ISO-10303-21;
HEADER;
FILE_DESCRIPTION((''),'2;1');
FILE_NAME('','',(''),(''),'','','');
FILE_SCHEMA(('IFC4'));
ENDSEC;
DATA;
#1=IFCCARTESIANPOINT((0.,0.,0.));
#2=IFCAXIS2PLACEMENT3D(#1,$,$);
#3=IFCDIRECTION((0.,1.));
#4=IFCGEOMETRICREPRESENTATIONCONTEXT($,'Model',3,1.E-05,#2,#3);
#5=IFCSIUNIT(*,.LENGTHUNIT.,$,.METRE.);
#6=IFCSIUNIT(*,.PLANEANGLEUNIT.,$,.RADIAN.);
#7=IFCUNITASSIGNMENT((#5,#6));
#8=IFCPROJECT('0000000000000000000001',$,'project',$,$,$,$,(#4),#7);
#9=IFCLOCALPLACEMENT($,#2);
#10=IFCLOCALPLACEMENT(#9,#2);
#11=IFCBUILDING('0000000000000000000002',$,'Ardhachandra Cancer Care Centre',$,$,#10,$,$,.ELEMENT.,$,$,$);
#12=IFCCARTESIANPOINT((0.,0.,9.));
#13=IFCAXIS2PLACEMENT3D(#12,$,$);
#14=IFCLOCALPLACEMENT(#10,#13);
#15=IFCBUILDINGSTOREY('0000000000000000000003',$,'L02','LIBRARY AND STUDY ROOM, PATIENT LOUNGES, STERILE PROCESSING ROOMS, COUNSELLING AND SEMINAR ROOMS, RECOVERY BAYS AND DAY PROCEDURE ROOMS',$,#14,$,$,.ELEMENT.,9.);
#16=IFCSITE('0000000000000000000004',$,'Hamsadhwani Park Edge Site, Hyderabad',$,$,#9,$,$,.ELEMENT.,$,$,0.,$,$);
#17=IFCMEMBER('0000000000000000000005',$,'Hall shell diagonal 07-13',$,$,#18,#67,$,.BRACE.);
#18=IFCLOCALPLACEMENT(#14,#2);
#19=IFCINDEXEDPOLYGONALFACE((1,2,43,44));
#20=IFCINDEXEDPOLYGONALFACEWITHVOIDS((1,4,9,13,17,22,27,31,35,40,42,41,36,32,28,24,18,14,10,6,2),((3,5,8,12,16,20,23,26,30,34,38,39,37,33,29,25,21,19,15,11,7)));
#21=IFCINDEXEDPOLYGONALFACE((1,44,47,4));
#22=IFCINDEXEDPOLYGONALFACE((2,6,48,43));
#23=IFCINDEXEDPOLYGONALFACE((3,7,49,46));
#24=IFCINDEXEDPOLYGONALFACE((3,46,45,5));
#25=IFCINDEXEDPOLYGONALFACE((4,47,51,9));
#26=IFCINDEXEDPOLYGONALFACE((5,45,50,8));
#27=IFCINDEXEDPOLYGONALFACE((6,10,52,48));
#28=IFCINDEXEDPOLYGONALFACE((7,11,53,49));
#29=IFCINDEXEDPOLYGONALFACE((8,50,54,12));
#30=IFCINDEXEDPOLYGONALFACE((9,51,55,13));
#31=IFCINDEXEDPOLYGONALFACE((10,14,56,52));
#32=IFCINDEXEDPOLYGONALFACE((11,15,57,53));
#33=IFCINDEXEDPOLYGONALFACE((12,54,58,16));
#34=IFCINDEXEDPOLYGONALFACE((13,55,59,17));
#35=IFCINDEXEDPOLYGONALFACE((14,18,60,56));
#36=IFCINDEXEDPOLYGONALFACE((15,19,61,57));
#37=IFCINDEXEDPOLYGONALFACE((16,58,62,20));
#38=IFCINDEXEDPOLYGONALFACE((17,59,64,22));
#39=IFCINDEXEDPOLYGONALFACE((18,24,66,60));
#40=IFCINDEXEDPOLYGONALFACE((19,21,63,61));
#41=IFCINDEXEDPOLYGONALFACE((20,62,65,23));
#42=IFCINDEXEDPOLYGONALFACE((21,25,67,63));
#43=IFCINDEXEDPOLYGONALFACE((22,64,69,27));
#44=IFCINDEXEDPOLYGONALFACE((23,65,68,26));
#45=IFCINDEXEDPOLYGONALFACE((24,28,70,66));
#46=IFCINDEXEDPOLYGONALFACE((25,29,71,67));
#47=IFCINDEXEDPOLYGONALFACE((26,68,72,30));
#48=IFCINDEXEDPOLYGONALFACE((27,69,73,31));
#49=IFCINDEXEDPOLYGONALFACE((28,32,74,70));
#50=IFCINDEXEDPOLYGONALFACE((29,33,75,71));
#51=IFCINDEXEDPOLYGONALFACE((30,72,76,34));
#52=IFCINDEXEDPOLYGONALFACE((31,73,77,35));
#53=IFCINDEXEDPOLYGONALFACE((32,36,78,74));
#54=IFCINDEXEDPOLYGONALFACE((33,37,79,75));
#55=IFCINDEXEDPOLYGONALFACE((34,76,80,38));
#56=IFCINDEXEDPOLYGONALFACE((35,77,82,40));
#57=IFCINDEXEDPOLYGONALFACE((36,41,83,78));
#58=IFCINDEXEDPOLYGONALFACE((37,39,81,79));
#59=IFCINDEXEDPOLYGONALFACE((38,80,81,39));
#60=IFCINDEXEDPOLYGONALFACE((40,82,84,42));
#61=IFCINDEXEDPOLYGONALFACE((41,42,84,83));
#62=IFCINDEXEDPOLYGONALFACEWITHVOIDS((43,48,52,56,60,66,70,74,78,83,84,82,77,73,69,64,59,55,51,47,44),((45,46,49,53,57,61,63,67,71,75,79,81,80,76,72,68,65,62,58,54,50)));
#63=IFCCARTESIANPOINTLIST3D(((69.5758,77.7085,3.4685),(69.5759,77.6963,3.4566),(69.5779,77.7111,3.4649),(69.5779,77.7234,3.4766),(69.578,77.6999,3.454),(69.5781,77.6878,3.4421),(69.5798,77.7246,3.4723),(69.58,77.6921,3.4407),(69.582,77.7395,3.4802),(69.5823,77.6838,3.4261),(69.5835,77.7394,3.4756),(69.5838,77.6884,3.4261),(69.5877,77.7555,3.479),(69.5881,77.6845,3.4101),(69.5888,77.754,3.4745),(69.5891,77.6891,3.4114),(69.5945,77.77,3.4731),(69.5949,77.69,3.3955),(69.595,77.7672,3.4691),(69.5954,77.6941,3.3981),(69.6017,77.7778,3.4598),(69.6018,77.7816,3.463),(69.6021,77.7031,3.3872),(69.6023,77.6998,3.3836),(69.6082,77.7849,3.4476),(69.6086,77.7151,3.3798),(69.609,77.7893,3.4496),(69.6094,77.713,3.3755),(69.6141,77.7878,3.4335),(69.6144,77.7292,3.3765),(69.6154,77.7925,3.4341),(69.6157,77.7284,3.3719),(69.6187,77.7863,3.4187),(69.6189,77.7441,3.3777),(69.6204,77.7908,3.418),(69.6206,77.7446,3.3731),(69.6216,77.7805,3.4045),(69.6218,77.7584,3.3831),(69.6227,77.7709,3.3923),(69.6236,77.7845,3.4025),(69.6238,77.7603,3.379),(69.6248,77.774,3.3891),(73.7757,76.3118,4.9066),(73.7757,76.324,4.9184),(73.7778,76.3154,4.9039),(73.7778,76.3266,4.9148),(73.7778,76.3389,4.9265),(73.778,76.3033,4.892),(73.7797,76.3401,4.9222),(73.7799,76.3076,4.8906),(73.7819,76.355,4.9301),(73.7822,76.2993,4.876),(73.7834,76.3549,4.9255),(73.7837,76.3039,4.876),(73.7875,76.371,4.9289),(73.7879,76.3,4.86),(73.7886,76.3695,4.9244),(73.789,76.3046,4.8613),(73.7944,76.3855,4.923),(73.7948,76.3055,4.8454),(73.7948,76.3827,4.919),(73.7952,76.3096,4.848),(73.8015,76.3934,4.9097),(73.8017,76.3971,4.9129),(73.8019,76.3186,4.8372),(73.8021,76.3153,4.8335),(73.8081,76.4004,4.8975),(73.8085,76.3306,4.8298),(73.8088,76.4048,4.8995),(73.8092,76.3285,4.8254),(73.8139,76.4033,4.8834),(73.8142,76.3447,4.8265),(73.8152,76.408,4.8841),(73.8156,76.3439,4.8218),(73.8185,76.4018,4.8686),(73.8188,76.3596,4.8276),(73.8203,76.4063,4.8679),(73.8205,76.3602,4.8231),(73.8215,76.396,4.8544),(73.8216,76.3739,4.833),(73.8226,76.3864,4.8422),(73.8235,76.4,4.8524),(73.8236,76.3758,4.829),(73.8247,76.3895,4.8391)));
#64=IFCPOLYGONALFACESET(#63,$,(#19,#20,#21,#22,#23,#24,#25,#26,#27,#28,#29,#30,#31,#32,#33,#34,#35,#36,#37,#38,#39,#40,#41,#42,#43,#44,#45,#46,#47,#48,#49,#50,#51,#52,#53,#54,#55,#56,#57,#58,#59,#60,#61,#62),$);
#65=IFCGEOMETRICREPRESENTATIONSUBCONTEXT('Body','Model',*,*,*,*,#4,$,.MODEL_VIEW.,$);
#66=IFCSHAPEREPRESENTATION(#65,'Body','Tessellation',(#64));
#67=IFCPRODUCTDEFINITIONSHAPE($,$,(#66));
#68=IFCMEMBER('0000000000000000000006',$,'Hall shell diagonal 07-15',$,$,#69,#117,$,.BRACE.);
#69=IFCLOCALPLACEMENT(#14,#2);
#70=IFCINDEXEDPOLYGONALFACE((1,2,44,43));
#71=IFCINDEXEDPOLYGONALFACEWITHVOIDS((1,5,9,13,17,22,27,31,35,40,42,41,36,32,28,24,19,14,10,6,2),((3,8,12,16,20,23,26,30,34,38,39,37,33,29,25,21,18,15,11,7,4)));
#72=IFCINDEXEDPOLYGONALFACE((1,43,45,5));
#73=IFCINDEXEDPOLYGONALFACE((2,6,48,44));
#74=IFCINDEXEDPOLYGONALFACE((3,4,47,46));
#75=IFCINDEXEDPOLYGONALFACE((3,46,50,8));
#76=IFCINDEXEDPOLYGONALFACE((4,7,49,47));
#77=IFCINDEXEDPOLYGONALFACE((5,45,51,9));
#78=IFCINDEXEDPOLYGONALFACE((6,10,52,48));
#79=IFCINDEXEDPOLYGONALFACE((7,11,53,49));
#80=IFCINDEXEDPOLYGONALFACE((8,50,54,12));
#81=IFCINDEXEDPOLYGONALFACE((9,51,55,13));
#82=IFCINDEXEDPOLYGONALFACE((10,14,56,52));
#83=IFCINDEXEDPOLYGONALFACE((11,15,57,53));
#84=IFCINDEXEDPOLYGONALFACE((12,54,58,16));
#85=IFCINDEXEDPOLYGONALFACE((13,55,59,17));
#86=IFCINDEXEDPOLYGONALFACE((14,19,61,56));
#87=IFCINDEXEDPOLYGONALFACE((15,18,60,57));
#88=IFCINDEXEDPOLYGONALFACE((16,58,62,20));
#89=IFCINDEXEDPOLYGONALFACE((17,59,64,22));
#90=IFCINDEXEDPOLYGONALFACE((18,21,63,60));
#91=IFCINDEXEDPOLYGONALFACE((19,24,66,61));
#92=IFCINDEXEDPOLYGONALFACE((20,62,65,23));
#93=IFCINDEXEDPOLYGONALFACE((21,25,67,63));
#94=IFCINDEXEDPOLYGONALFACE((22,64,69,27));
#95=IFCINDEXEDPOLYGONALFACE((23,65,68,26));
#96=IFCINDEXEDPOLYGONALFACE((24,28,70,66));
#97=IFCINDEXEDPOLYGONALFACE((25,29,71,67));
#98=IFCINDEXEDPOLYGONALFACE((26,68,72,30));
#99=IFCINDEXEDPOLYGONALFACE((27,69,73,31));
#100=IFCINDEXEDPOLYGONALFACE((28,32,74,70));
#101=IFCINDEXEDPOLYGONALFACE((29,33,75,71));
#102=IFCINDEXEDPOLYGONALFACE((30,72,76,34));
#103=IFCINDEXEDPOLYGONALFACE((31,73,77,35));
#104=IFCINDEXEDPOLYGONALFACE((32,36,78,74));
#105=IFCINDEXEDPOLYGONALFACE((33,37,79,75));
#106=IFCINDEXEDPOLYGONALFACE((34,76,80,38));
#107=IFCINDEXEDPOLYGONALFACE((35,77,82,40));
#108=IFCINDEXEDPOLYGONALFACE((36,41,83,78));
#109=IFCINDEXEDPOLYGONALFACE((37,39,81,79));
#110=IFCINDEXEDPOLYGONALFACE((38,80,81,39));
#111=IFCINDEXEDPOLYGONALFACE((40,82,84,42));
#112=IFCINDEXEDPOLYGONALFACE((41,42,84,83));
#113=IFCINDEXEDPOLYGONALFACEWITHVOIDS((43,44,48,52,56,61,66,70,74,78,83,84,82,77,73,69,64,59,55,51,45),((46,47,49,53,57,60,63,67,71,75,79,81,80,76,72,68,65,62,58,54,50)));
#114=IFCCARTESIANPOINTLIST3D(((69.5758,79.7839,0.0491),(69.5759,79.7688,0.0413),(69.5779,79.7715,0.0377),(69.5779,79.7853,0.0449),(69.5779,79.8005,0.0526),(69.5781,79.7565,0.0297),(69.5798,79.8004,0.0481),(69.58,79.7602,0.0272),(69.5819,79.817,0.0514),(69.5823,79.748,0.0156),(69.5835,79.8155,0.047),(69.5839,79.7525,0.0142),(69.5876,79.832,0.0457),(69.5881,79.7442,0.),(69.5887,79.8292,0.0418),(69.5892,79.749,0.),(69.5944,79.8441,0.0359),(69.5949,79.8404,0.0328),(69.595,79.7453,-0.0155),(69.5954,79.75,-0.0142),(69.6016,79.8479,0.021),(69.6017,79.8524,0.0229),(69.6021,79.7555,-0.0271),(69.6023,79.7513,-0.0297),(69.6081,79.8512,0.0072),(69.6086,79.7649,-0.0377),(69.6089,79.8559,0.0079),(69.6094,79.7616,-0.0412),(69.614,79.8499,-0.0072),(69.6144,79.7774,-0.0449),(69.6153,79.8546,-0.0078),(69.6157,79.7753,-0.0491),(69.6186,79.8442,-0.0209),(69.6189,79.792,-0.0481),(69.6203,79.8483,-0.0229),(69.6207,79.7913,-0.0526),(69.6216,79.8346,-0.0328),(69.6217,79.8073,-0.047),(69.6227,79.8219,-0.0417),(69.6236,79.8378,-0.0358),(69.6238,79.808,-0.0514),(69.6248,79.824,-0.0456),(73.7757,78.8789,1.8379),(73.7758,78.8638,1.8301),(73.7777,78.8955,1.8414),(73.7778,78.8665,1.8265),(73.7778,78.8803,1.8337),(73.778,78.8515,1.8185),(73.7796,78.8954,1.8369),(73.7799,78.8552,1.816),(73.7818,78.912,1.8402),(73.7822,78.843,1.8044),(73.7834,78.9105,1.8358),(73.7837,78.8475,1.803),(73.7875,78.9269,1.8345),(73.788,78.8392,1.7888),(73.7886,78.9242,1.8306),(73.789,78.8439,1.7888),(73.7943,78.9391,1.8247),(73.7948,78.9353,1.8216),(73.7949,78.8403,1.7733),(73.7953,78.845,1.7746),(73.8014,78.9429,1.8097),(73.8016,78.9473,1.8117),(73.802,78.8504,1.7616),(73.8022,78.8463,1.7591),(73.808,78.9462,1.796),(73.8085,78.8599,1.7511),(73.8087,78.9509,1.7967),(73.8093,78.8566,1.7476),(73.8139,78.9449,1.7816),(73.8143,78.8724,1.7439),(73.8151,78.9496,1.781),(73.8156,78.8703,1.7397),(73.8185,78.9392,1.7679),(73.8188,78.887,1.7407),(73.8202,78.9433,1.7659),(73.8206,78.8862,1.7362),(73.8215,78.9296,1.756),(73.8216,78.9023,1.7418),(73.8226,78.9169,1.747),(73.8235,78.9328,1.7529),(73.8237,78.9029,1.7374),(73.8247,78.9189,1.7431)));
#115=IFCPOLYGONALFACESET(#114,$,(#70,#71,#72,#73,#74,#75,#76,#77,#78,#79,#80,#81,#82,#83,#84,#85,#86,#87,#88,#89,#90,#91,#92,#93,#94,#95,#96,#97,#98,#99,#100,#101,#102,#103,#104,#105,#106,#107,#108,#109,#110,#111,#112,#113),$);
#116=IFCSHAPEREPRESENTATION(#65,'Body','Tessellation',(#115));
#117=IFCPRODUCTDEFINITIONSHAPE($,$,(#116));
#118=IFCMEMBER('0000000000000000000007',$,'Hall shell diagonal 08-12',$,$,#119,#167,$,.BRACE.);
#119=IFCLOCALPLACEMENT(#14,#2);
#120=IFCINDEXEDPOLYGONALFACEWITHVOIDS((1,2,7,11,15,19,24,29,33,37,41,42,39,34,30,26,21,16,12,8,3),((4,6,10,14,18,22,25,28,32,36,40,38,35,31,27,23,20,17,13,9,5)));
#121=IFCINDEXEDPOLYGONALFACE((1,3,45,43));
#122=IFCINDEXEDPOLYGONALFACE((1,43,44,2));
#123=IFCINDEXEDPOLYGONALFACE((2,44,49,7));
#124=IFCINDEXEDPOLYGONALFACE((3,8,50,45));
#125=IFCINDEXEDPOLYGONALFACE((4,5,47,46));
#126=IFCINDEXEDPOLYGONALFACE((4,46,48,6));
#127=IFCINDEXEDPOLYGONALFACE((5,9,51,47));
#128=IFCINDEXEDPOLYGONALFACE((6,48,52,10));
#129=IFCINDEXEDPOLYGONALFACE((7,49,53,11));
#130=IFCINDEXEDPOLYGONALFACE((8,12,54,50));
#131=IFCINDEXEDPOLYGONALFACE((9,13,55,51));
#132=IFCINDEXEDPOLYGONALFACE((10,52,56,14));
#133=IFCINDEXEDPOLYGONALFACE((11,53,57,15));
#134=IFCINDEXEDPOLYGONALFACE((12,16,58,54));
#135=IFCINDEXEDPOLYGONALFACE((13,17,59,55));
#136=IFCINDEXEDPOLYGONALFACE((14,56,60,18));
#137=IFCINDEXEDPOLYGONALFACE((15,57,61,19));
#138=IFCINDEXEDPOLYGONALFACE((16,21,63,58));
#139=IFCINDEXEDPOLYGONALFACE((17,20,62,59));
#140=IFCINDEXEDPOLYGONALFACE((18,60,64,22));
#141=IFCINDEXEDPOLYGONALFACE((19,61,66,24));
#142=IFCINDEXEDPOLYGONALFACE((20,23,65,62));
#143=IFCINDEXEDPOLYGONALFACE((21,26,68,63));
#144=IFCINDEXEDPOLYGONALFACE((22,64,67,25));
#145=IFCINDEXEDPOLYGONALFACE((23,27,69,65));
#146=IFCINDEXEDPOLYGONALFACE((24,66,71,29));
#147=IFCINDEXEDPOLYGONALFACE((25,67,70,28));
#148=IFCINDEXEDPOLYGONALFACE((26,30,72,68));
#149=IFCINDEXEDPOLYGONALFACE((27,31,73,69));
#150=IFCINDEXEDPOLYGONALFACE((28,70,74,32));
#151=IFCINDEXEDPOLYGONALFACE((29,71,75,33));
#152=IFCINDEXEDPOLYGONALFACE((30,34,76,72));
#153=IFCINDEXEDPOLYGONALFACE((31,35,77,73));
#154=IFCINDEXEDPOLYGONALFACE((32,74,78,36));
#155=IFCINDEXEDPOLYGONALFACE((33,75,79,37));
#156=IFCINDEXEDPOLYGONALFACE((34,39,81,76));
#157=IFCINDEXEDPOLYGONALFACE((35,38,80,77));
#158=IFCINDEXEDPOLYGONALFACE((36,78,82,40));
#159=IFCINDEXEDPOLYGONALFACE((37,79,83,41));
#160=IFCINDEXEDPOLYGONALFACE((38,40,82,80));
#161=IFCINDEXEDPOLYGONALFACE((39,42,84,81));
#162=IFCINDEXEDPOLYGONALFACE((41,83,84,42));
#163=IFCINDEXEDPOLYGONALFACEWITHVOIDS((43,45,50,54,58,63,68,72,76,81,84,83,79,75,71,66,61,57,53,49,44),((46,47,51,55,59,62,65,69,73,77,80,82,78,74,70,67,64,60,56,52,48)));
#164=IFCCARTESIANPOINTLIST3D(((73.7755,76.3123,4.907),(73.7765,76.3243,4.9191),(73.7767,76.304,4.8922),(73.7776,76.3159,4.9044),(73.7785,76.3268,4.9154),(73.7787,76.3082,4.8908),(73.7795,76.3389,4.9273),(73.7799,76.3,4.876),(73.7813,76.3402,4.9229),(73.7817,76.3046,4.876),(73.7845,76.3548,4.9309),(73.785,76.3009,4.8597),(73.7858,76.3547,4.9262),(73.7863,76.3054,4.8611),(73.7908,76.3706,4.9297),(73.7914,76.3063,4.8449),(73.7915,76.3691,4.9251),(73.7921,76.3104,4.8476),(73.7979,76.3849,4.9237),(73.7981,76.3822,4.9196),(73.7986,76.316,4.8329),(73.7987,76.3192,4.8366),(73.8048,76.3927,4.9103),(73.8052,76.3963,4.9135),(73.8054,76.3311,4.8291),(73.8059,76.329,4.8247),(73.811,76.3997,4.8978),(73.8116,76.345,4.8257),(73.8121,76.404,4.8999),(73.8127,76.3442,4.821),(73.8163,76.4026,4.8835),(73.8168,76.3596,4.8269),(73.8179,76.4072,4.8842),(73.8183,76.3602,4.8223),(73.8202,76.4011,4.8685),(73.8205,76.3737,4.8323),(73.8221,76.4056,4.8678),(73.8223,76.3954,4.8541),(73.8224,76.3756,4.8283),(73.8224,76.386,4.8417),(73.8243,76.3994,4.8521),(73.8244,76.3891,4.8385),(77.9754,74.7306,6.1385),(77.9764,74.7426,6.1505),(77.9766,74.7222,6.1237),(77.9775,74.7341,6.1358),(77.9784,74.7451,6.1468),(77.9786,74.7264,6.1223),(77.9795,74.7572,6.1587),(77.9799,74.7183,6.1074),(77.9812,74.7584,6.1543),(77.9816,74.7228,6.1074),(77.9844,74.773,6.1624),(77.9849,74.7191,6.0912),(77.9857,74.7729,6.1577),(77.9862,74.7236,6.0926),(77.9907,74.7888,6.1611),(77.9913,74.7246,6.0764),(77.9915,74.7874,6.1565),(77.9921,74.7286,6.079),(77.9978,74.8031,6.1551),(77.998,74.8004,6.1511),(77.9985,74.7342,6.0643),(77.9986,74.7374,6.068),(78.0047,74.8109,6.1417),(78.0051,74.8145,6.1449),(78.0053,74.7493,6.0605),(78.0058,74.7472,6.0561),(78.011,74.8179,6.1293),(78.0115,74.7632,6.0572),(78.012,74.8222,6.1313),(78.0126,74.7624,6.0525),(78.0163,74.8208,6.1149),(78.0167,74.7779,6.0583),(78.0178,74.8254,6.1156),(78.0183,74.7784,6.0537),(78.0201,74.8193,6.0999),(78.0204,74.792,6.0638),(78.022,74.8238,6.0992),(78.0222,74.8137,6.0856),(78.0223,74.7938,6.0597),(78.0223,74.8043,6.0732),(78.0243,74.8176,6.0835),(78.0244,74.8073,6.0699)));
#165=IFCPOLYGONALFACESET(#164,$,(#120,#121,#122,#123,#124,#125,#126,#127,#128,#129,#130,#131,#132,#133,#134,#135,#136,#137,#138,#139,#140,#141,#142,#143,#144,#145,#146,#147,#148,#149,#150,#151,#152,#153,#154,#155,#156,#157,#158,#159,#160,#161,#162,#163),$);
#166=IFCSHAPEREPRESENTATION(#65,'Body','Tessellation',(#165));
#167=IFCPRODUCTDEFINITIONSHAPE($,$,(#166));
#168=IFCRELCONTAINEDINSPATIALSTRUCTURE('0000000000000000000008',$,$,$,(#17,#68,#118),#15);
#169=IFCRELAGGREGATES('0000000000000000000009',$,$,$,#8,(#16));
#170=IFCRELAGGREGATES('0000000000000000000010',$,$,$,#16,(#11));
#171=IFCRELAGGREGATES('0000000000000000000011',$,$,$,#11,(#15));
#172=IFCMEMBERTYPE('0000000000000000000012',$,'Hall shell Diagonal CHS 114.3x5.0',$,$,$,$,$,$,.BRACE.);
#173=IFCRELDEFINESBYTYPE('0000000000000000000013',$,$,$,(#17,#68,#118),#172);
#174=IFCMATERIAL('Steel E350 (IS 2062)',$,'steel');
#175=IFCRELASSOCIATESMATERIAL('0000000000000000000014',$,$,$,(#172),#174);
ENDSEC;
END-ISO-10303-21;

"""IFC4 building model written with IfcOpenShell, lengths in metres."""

from ifc_helpers import new_model, si_unit, direction, frame, origin, origin_2d, place, context, subcontext, project, spatial, hollow_circle, extrude, material, material_profile, profile_set, type_object, element, save


model = new_model("IFC4")

# Units and contexts
model_context = context("Model", 3, precision=1e-05, world=origin(), true_north=direction((0.0, 1.0)))
body_context = subcontext(model_context, "Body", "Model", "MODEL_VIEW")
ifc_project = project(units=[si_unit("LENGTHUNIT", "METRE"), si_unit("PLANEANGLEUNIT", "RADIAN")], contexts=[model_context])

# Site, building, storey
site_placement = place(None, origin())
site = spatial("IfcSite", under=ifc_project, at=site_placement, Name="Hamsadhwani Park Edge Site, Hyderabad", CompositionType="ELEMENT", RefElevation=0.0)
building_placement = place(site_placement, origin())
building = spatial("IfcBuilding", under=site, at=building_placement, Name="Ardhachandra Cancer Care Centre", CompositionType="ELEMENT")
storey_placement = place(building_placement, frame((0.0, 0.0, 9.0)))
storey = spatial("IfcBuildingStorey", under=building, at=storey_placement, Name="L02", Description="LIBRARY AND STUDY ROOM, PATIENT LOUNGES, STERILE PROCESSING ROOMS, COUNSELLING AND SEMINAR ROOMS, RECOVERY BAYS AND DAY PROCEDURE ROOMS", CompositionType="ELEMENT", Elevation=9.0)

# Members
ifc_material_1 = material(Name="Steel E350 (IS 2062)", Category="steel")
ifc_material_profile_1 = material_profile(ifc_material_1, hollow_circle(Radius=0.0571, WallThickness=0.0049, at=origin_2d()), Name="CHS 114.3x5.0")
ifc_profile_set_1 = profile_set([ifc_material_profile_1], Name="Steel E350 (IS 2062)")
member_type_1 = type_object("IfcMemberType", Name="Hall shell Diagonal CHS 114.3x5.0", PredefinedType="BRACE", material=ifc_profile_set_1)
for number, where, z_axis, x_axis, name in (
    (1, (73.8, 76.3535, 4.876), (-0.902457, 0.297497, -0.311556), (-0.313079, -0.949727, 0.0), "Hall shell diagonal 07-13"),
    (2, (73.8, 78.895, 1.7888), (-0.902464, 0.194468, -0.384372), (-0.21065, -0.977561, 0.0), "Hall shell diagonal 07-15"),
    (3, (78.0, 74.7717, 6.1074), (-0.902473, 0.33989, -0.264609), (-0.352453, -0.93583, 0.0), "Hall shell diagonal 08-12"),
):
    element("IfcMember", number, at=place(storey_placement, frame(where, z_axis=z_axis, x_axis=x_axis)), inside=storey, type_object=member_type_1, Name=name, PredefinedType="BRACE", context=body_context, shape_type="SweptSolid", body=[
        extrude(hollow_circle(Radius=0.0571, WallThickness=0.0049, at=origin_2d()), origin(), (0.0, 0.0, 1.0), 4.6538),
    ])

save(model, "model.ifc")
